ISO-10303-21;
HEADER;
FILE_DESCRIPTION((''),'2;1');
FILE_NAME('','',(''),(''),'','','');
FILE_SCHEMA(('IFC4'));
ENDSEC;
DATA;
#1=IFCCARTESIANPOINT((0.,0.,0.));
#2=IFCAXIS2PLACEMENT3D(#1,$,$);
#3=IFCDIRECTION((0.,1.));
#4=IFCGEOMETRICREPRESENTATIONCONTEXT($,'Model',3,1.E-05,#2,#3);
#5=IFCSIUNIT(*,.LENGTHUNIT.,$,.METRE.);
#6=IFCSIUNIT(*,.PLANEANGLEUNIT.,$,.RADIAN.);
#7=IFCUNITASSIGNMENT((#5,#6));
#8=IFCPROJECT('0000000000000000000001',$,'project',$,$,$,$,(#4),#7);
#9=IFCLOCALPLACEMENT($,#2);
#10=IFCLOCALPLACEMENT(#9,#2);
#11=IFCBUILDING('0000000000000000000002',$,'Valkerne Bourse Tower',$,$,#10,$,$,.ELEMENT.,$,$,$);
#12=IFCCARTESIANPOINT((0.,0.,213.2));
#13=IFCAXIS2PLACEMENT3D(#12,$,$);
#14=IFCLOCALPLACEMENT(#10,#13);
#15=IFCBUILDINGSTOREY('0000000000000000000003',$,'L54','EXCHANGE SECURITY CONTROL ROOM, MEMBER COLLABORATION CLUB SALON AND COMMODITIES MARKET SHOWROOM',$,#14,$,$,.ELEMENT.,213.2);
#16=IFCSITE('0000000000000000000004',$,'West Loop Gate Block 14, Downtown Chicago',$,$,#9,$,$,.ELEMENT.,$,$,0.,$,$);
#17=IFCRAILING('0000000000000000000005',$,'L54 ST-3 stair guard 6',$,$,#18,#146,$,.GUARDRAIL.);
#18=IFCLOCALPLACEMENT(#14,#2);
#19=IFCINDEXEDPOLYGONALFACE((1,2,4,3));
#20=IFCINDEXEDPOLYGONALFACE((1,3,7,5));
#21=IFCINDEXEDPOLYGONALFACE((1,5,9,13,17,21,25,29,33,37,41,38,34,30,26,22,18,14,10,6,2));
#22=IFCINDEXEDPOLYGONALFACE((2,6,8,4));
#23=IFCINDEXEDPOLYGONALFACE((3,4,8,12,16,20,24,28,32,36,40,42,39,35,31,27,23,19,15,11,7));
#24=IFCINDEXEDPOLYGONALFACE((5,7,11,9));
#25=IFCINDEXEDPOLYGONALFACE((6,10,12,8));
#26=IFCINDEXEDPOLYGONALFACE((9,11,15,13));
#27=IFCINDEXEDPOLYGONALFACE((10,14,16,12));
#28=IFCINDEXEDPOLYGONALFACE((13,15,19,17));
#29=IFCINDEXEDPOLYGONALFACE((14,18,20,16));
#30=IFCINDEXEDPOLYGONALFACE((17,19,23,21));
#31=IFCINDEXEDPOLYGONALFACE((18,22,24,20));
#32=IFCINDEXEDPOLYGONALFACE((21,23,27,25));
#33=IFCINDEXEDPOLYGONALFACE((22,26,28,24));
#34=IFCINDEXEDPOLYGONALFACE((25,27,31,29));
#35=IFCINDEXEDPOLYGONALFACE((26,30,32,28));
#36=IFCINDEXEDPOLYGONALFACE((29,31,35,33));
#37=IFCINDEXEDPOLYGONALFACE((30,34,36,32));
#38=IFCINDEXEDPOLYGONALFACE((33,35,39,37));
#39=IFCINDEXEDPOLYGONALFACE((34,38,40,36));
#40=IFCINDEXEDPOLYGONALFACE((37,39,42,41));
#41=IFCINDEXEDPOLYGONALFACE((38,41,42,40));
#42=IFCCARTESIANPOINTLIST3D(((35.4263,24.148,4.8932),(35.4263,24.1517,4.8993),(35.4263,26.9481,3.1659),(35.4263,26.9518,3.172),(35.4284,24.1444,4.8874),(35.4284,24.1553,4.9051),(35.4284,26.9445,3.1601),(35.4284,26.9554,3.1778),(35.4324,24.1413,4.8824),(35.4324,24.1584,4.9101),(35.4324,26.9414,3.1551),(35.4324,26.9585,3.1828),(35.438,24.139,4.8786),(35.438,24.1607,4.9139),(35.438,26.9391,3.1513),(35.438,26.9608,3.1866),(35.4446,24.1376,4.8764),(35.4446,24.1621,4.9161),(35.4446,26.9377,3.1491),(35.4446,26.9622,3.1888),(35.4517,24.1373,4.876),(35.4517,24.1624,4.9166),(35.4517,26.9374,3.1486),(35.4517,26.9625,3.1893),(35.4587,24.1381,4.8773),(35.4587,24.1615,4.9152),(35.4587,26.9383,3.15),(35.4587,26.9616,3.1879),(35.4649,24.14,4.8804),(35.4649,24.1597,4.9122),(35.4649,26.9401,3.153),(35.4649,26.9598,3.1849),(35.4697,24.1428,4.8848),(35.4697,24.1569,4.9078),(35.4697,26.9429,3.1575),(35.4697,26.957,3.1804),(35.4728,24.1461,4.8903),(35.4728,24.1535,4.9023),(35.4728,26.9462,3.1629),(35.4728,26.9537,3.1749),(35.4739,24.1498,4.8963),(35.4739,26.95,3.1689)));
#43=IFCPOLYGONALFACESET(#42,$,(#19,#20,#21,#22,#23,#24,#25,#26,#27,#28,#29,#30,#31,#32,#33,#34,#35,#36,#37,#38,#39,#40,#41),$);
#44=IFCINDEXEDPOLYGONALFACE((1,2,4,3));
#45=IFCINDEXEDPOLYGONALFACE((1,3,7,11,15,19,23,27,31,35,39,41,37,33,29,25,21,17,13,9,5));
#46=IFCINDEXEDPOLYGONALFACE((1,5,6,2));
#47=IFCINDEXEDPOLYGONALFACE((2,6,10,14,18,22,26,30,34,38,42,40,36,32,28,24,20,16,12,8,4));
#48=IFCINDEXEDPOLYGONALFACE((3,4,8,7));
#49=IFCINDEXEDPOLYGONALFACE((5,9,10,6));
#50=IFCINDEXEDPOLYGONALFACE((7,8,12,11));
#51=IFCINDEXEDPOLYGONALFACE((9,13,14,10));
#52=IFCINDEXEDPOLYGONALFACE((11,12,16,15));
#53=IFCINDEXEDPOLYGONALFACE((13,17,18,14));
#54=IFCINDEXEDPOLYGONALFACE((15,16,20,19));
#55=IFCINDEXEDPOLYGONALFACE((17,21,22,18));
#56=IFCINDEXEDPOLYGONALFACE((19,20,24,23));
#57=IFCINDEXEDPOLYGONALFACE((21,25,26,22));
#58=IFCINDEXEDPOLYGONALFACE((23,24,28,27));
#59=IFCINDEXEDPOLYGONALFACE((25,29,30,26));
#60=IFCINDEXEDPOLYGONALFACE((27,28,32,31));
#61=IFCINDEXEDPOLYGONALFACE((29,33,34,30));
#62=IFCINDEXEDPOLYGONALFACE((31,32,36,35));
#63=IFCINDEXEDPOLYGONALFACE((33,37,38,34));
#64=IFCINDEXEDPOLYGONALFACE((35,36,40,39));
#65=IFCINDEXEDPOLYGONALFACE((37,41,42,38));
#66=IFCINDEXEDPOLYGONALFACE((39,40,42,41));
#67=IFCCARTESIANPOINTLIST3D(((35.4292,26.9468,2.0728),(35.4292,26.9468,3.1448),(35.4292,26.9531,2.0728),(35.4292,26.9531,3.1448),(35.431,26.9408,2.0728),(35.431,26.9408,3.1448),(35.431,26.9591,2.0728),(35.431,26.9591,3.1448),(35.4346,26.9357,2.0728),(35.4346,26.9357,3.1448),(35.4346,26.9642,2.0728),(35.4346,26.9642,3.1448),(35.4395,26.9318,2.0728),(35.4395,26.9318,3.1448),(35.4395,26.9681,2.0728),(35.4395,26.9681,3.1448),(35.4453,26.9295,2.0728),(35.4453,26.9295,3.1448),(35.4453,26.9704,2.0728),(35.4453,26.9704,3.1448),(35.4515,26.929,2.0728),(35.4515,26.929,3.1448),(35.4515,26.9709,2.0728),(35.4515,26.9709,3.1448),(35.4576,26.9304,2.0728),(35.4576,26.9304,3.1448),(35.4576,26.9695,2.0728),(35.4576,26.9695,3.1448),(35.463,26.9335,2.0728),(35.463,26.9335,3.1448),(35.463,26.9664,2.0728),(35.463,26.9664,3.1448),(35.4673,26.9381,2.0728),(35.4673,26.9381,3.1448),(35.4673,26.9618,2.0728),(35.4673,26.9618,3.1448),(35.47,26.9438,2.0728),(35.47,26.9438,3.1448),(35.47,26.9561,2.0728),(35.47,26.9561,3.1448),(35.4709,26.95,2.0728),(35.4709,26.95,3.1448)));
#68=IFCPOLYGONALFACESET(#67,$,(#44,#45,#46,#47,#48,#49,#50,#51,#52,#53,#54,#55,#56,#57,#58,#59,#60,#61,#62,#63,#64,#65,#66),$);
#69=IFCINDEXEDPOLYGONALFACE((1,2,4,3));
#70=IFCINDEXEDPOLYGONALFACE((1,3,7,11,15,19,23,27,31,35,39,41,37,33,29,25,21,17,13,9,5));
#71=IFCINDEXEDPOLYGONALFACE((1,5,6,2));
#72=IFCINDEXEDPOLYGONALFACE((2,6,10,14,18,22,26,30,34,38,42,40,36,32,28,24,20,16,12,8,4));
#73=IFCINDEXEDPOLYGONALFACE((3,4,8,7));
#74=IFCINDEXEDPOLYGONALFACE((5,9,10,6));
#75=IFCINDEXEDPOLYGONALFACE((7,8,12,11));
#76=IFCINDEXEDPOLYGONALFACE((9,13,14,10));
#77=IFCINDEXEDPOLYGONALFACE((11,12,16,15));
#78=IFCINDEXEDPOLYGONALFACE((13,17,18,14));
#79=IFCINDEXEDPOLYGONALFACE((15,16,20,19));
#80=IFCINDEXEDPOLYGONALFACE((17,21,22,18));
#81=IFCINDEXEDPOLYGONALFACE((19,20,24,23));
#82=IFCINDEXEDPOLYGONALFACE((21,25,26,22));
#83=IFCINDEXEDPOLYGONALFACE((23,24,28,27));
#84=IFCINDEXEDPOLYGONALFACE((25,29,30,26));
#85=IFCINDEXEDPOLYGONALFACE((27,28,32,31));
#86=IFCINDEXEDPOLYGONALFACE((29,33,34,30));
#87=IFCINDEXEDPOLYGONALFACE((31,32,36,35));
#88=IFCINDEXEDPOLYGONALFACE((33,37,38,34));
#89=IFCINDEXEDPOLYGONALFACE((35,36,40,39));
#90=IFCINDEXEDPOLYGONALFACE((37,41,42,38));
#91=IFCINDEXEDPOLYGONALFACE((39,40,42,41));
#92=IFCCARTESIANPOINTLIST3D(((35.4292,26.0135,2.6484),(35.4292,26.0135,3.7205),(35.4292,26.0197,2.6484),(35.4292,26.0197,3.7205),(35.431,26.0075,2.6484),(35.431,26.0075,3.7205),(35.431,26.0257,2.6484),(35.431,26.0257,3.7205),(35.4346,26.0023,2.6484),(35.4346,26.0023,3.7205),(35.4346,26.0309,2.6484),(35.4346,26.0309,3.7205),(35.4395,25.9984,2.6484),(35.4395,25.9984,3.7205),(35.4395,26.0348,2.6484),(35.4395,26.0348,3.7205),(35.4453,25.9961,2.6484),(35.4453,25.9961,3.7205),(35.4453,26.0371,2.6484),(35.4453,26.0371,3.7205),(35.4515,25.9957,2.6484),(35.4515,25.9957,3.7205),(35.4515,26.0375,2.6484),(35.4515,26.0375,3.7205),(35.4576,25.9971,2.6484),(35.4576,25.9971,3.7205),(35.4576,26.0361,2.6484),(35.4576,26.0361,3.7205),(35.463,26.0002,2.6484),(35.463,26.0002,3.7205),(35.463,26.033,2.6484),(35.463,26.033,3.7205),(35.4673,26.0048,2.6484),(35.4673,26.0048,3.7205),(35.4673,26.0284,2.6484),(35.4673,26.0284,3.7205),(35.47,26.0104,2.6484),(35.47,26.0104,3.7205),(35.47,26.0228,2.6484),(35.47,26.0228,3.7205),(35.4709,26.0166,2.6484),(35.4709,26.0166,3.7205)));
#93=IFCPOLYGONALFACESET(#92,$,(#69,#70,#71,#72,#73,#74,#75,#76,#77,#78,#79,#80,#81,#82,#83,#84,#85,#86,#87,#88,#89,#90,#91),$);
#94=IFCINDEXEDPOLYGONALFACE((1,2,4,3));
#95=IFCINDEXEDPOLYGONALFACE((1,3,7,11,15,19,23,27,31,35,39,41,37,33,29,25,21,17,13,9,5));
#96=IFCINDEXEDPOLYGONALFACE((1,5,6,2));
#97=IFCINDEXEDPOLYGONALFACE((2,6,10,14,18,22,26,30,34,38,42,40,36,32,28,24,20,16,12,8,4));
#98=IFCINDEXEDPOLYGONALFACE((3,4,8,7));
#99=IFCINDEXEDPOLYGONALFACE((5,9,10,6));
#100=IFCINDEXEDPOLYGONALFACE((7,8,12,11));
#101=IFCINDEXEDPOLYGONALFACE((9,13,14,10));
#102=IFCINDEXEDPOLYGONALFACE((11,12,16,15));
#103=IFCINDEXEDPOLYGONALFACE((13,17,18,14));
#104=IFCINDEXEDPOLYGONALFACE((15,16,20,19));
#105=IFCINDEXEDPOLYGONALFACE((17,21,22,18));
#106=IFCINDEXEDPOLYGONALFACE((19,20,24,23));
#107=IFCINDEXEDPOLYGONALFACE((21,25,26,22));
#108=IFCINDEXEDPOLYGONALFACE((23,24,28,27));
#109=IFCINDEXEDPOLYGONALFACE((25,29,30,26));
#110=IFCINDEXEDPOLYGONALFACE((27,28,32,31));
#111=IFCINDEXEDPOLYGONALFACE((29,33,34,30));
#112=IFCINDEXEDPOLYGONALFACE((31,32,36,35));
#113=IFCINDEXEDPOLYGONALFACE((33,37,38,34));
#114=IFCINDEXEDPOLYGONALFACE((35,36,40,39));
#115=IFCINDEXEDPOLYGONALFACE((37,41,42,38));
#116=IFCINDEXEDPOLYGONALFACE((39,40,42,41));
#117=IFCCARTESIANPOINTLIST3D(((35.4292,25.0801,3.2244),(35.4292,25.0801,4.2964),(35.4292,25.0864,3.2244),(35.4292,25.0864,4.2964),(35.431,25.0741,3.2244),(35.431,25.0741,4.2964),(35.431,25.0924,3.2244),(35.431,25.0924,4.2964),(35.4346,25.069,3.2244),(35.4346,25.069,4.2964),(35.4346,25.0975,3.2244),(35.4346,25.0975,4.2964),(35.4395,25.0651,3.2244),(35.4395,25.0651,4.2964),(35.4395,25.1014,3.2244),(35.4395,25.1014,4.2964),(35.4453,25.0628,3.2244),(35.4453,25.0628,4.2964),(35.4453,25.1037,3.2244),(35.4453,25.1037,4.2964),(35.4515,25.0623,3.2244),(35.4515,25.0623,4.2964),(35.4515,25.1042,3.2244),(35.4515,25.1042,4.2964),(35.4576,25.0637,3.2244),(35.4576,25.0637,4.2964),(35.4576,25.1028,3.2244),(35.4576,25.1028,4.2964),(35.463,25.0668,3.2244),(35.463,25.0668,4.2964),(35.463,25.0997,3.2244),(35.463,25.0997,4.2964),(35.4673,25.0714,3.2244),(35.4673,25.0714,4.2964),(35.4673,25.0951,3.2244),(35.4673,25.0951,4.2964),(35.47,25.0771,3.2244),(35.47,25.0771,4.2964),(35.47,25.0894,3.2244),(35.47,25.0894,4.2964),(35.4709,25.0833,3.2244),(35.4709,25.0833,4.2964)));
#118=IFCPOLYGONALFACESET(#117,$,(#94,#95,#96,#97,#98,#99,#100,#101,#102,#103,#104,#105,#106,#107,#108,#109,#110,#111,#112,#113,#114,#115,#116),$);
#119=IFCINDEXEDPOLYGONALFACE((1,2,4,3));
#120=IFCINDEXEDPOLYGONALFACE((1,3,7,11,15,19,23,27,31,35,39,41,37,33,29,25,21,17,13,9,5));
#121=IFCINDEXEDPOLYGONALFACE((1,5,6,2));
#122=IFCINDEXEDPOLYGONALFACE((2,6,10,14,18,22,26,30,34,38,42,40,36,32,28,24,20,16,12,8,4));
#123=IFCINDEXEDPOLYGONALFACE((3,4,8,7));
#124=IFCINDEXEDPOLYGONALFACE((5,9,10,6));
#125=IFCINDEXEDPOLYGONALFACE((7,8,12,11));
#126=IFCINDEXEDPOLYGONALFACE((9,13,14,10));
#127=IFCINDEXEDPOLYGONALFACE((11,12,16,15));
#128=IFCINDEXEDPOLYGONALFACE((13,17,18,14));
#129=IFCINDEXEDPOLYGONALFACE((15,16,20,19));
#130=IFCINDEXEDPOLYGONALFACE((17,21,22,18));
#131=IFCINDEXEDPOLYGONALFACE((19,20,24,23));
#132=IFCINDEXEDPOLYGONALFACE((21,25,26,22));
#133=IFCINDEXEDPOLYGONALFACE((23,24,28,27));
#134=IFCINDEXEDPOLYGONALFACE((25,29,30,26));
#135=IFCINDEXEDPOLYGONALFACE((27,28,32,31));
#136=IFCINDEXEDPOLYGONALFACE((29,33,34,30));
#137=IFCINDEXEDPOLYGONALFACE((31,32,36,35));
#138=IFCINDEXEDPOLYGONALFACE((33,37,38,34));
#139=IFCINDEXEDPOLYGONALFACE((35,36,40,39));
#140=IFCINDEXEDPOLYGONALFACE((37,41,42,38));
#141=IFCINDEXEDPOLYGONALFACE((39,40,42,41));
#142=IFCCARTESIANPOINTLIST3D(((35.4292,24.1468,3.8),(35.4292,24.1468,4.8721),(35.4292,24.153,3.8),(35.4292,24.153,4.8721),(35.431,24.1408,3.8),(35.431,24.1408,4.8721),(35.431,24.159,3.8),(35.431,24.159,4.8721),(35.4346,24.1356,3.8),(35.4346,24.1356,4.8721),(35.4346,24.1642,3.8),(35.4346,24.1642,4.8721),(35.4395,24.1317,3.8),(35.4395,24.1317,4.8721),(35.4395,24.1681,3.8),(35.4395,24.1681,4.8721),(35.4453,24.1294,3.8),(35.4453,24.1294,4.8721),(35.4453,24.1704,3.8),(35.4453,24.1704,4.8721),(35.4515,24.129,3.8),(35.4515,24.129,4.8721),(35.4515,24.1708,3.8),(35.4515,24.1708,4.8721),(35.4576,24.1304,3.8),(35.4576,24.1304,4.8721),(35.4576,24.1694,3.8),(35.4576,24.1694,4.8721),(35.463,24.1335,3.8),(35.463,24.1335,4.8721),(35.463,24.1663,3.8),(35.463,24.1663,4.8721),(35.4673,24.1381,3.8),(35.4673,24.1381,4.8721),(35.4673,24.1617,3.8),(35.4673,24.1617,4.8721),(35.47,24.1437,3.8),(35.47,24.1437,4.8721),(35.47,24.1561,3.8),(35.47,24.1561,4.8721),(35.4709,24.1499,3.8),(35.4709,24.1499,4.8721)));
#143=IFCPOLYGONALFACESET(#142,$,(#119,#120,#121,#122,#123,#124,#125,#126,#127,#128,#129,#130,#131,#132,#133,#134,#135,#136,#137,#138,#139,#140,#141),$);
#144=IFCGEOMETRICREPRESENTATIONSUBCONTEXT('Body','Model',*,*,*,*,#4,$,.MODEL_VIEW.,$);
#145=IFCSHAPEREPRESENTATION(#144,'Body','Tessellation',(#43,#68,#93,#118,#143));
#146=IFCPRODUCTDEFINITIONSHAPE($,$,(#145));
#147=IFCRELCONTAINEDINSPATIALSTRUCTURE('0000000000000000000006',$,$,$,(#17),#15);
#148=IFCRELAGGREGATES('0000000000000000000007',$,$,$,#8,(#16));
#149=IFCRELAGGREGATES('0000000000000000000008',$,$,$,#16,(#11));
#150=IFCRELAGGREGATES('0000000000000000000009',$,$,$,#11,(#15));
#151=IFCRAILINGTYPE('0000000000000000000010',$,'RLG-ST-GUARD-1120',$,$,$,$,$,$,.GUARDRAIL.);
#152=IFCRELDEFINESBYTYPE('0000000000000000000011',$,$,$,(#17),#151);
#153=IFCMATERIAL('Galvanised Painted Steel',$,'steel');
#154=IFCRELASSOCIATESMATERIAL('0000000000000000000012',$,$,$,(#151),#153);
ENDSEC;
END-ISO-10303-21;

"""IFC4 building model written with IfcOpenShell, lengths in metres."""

from ifc_helpers import new_model, si_unit, direction, frame, origin, origin_2d, place, context, subcontext, project, spatial, circle, extrude, material, type_object, element, save


model = new_model("IFC4")

# Units and contexts
model_context = context("Model", 3, precision=1e-05, world=origin(), true_north=direction((0.0, 1.0)))
body_context = subcontext(model_context, "Body", "Model", "MODEL_VIEW")
ifc_project = project(units=[si_unit("LENGTHUNIT", "METRE"), si_unit("PLANEANGLEUNIT", "RADIAN")], contexts=[model_context])

# Site, building, storey
site_placement = place(None, origin())
site = spatial("IfcSite", under=ifc_project, at=site_placement, Name="West Loop Gate Block 14, Downtown Chicago", CompositionType="ELEMENT", RefElevation=0.0)
building_placement = place(site_placement, origin())
building = spatial("IfcBuilding", under=site, at=building_placement, Name="Valkerne Bourse Tower", CompositionType="ELEMENT")
storey_placement = place(building_placement, frame((0.0, 0.0, 213.2)))
storey = spatial("IfcBuildingStorey", under=building, at=storey_placement, Name="L54", Description="EXCHANGE SECURITY CONTROL ROOM, MEMBER COLLABORATION CLUB SALON AND COMMODITIES MARKET SHOWROOM", CompositionType="ELEMENT", Elevation=213.2)

# Railing
ifc_material_1 = material(Name="Galvanised Painted Steel", Category="steel")
railing_type_1 = type_object("IfcRailingType", Name="RLG-ST-GUARD-1120", PredefinedType="GUARDRAIL", material=ifc_material_1)
railing_1_placement = place(storey_placement, frame((35.45, 26.95, 2.0728)))
element("IfcRailing", 1, at=railing_1_placement, inside=storey, type_object=railing_type_1, Name="L54 ST-3 stair guard 6", PredefinedType="GUARDRAIL", context=body_context, shape_type="SweptSolid", body=[
    extrude(circle(Radius=0.0239, at=origin_2d()), frame((0.0, 0.0, 1.0962), z_axis=(0.0, -0.85109, 0.52502), x_axis=(1.0, 0.0, 0.0)), (0.0, 0.0, 1.0), 3.29),
    extrude(circle(Radius=0.021, at=origin_2d()), origin(), (0.0, 0.0, 1.0), 1.072),
    extrude(circle(Radius=0.021, at=origin_2d()), frame((0.0, -0.9333, 0.5757)), (0.0, 0.0, 1.0), 1.072),
    extrude(circle(Radius=0.021, at=origin_2d()), frame((0.0, -1.8667, 1.1516)), (0.0, 0.0, 1.0), 1.072),
    extrude(circle(Radius=0.021, at=origin_2d()), frame((0.0, -2.8, 1.7273)), (0.0, 0.0, 1.0), 1.072),
])

save(model, "model.ifc")
